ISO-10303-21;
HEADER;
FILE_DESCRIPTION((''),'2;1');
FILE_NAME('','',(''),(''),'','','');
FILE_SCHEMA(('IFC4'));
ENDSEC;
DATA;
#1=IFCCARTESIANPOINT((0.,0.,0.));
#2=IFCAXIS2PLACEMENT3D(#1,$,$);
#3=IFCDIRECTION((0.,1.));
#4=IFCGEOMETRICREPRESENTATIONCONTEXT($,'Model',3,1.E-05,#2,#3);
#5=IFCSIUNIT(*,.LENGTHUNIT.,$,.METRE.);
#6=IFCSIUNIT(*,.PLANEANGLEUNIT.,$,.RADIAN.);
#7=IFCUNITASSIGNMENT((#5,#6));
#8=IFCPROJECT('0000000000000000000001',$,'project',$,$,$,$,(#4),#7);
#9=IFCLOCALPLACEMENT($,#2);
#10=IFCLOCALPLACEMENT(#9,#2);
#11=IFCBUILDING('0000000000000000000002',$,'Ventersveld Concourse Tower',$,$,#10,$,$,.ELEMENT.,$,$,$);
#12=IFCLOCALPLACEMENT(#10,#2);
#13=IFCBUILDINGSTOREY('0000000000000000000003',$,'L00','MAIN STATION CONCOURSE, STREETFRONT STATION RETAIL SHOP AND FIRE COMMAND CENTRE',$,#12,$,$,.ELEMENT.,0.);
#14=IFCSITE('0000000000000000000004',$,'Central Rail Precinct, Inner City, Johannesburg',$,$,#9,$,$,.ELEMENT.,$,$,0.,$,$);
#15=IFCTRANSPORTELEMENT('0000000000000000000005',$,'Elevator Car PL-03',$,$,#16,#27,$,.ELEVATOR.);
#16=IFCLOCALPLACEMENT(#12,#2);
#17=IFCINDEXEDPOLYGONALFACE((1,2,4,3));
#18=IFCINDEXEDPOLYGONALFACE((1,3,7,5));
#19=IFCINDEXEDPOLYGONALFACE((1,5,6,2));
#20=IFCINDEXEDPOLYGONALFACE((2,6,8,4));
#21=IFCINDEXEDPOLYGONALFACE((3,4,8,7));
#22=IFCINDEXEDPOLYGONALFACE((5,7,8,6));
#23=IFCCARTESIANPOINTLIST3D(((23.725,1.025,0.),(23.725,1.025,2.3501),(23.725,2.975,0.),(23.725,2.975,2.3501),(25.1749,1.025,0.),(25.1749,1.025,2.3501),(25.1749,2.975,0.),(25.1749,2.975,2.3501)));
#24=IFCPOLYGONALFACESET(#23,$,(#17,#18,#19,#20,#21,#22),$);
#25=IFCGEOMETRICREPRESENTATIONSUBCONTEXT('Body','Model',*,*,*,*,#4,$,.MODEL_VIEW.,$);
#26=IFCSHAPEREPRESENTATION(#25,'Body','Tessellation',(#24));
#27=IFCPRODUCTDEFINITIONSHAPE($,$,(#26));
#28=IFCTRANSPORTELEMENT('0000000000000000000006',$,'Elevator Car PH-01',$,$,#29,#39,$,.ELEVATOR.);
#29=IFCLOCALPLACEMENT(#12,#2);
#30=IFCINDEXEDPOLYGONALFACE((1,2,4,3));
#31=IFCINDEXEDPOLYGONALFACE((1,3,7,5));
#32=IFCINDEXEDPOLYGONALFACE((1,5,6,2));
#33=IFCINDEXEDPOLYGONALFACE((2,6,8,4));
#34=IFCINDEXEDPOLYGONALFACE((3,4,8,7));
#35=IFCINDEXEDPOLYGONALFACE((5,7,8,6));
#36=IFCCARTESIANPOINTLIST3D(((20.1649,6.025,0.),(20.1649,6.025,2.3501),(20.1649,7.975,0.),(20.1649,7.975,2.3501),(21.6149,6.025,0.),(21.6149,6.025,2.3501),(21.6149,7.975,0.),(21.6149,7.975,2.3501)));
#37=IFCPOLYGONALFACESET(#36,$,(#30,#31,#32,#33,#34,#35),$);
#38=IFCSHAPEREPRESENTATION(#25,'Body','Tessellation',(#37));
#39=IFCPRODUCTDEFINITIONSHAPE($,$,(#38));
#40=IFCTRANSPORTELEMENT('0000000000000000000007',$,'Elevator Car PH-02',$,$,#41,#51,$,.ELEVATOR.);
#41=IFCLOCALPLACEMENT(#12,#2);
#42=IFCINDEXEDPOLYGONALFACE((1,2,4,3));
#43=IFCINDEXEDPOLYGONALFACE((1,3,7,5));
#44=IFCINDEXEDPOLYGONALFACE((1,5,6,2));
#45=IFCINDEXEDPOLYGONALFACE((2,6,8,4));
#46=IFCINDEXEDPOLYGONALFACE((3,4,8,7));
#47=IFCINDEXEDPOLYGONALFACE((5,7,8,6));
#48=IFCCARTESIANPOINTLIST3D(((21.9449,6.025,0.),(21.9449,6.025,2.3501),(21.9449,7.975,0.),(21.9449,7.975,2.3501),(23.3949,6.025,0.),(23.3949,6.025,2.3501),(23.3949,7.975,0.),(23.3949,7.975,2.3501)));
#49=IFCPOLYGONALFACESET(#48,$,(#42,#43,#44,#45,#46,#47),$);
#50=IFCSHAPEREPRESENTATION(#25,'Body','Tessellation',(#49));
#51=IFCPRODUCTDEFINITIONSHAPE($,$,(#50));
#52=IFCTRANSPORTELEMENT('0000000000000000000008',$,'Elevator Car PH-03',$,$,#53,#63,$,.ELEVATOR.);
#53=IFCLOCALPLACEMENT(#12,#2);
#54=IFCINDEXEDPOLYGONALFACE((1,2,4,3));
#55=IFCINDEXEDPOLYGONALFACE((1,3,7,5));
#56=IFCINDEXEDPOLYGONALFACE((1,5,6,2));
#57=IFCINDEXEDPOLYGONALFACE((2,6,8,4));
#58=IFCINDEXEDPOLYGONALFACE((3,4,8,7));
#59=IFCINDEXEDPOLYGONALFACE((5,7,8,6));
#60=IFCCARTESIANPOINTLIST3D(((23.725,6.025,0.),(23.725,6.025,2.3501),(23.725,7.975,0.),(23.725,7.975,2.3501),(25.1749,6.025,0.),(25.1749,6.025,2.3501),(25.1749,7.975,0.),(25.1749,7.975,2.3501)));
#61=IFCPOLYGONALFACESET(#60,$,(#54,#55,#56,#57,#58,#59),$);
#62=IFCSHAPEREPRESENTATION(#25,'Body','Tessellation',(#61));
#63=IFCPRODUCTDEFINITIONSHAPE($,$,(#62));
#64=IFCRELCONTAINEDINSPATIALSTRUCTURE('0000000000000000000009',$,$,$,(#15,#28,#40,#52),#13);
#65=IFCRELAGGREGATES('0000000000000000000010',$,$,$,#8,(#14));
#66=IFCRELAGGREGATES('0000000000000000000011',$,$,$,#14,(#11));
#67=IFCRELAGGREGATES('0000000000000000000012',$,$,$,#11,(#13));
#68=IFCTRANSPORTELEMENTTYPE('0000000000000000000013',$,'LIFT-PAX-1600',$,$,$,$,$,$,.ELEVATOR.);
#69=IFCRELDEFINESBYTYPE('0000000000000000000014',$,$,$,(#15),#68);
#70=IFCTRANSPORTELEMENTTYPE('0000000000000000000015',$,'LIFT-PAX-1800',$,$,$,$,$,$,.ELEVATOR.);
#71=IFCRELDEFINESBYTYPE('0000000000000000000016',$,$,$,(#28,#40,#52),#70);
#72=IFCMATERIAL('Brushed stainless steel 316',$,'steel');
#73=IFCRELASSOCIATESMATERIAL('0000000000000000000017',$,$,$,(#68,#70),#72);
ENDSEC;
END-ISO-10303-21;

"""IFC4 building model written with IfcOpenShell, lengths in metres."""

from ifc_helpers import new_model, si_unit, direction, frame, origin, origin_2d, place, context, subcontext, project, spatial, rectangle, extrude, material, type_object, element, save


model = new_model("IFC4")

# Units and contexts
model_context = context("Model", 3, precision=1e-05, world=origin(), true_north=direction((0.0, 1.0)))
body_context = subcontext(model_context, "Body", "Model", "MODEL_VIEW")
ifc_project = project(units=[si_unit("LENGTHUNIT", "METRE"), si_unit("PLANEANGLEUNIT", "RADIAN")], contexts=[model_context])

# Site, building, storey
site_placement = place(None, origin())
site = spatial("IfcSite", under=ifc_project, at=site_placement, Name="Central Rail Precinct, Inner City, Johannesburg", CompositionType="ELEMENT", RefElevation=0.0)
building_placement = place(site_placement, origin())
building = spatial("IfcBuilding", under=site, at=building_placement, Name="Ventersveld Concourse Tower", CompositionType="ELEMENT")
storey_placement = place(building_placement, origin())
storey = spatial("IfcBuildingStorey", under=building, at=storey_placement, Name="L00", Description="MAIN STATION CONCOURSE, STREETFRONT STATION RETAIL SHOP AND FIRE COMMAND CENTRE", CompositionType="ELEMENT", Elevation=0.0)

# Shared definitions
ifc_material_1 = material(Name="Brushed stainless steel 316", Category="steel")

# Transport elements
transport_element_type_1 = type_object("IfcTransportElementType", Name="LIFT-PAX-1600", PredefinedType="ELEVATOR", material=ifc_material_1)
for number, where, z_axis, x_axis, name in (
    (1, (24.45, 2.0, 0.0), (0.0, 0.0, 1.0), (1.0, 0.0, 0.0), "Elevator Car PL-03"),
):
    element("IfcTransportElement", number, at=place(storey_placement, frame(where, z_axis=z_axis, x_axis=x_axis)), inside=storey, type_object=transport_element_type_1, Name=name, PredefinedType="ELEVATOR", context=body_context, shape_type="SweptSolid", body=[
        extrude(rectangle(XDim=1.45, YDim=1.95, at=origin_2d()), origin(), (0.0, 0.0, 1.0), 2.3501),
    ])
transport_element_type_2 = type_object("IfcTransportElementType", Name="LIFT-PAX-1800", PredefinedType="ELEVATOR", material=ifc_material_1)
for number, where, z_axis, x_axis, name in (
    (2, (20.8899, 7.0, 0.0), (0.0, 0.0, 1.0), (1.0, 0.0, 0.0), "Elevator Car PH-01"),
    (3, (22.6699, 7.0, 0.0), (0.0, 0.0, 1.0), (1.0, 0.0, 0.0), "Elevator Car PH-02"),
    (4, (24.45, 7.0, 0.0), (0.0, 0.0, 1.0), (1.0, 0.0, 0.0), "Elevator Car PH-03"),
):
    element("IfcTransportElement", number, at=place(storey_placement, frame(where, z_axis=z_axis, x_axis=x_axis)), inside=storey, type_object=transport_element_type_2, Name=name, PredefinedType="ELEVATOR", context=body_context, shape_type="SweptSolid", body=[
        extrude(rectangle(XDim=1.45, YDim=1.95, at=origin_2d()), origin(), (0.0, 0.0, 1.0), 2.3501),
    ])

save(model, "model.ifc")
